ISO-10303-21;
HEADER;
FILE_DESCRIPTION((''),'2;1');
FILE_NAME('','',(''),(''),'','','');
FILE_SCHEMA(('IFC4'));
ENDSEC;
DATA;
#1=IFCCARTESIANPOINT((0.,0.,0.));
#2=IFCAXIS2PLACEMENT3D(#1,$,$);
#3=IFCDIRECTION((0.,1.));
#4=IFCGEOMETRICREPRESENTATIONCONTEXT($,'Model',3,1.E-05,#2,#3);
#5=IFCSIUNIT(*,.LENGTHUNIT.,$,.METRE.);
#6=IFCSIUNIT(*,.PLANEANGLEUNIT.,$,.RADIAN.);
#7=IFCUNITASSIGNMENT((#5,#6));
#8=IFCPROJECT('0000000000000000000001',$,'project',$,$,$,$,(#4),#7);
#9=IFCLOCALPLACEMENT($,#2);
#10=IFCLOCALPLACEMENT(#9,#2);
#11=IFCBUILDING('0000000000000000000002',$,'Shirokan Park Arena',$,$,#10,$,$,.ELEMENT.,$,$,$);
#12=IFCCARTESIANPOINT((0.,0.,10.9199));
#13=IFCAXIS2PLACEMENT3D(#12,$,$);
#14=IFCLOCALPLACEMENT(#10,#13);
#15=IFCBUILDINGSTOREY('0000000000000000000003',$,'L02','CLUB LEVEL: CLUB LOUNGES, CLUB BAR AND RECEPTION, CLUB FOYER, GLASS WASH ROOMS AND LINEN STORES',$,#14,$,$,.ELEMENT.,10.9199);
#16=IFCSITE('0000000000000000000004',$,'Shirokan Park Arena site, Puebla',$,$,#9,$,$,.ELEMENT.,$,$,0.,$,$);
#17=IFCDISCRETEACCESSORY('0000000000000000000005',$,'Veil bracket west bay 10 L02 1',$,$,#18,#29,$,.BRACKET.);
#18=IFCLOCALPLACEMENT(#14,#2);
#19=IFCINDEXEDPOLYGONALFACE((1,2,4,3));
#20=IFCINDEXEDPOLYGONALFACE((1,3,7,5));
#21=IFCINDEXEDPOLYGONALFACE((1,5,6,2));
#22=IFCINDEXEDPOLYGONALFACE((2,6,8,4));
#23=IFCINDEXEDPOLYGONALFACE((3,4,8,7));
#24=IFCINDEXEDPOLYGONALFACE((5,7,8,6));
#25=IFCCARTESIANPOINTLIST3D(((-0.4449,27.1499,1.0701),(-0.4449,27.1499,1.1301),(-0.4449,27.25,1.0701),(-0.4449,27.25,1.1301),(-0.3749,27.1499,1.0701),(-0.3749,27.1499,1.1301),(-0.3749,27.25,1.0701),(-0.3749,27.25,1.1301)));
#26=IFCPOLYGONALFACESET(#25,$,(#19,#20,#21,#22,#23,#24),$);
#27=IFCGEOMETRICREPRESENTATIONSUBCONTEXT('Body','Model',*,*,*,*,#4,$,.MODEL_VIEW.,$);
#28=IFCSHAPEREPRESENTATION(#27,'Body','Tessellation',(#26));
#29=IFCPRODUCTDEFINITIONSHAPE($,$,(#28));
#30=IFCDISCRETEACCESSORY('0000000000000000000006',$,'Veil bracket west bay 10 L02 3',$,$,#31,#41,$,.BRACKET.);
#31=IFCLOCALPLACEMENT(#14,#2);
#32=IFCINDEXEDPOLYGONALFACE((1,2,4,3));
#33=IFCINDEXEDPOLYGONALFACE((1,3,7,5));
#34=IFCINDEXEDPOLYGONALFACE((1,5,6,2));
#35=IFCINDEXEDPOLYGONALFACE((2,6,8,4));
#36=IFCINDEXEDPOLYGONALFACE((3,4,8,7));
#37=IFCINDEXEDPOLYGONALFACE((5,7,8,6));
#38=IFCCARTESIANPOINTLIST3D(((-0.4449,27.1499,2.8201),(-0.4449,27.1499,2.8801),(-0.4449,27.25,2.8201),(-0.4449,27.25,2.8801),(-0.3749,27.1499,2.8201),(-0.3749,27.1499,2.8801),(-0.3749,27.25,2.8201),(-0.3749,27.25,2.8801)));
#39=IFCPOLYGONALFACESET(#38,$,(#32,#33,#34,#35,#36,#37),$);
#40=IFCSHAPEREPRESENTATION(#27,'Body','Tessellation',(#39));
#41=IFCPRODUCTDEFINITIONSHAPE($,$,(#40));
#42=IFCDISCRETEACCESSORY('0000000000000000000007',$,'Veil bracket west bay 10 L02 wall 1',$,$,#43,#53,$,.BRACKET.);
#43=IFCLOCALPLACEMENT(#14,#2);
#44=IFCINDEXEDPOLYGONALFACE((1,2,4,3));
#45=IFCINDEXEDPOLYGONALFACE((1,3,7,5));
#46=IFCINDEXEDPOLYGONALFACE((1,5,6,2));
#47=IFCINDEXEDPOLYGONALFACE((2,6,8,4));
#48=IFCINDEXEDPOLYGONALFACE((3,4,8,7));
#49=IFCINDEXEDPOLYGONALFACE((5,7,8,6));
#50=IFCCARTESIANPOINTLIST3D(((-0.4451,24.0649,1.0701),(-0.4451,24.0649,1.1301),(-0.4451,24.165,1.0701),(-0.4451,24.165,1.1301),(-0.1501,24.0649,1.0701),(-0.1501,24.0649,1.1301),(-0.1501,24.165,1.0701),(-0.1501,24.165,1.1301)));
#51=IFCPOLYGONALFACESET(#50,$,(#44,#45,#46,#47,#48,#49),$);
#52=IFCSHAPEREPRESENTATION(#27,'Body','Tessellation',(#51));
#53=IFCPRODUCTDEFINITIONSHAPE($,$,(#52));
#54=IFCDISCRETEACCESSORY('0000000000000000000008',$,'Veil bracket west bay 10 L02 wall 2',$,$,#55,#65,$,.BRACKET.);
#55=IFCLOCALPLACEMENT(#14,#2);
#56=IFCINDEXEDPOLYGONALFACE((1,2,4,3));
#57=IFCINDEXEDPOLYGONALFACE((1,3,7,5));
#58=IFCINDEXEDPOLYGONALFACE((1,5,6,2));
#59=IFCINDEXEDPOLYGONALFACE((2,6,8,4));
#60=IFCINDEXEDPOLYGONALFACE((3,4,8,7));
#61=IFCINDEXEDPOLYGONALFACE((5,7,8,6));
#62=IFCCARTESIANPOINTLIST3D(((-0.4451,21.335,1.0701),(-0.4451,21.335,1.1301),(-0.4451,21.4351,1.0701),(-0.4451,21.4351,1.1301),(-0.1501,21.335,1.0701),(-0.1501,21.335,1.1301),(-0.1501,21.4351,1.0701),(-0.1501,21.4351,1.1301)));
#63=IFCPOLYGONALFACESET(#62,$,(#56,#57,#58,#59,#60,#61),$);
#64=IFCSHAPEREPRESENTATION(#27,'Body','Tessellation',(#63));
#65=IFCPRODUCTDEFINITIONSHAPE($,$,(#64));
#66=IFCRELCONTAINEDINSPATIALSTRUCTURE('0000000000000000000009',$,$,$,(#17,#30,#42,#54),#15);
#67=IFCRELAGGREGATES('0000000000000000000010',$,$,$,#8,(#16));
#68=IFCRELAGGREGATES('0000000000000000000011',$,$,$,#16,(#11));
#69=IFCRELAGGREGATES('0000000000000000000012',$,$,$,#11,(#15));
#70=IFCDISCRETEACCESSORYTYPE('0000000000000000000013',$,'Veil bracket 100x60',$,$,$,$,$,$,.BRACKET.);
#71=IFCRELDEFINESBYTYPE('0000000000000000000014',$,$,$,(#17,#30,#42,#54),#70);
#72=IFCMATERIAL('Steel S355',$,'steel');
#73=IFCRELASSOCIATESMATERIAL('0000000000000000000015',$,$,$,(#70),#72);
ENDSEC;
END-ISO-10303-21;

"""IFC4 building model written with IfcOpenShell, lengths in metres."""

from ifc_helpers import new_model, si_unit, direction, frame, origin, origin_2d, place, context, subcontext, project, spatial, rectangle, extrude, material, type_object, element, save


model = new_model("IFC4")

# Units and contexts
model_context = context("Model", 3, precision=1e-05, world=origin(), true_north=direction((0.0, 1.0)))
body_context = subcontext(model_context, "Body", "Model", "MODEL_VIEW")
ifc_project = project(units=[si_unit("LENGTHUNIT", "METRE"), si_unit("PLANEANGLEUNIT", "RADIAN")], contexts=[model_context])

# Site, building, storey
site_placement = place(None, origin())
site = spatial("IfcSite", under=ifc_project, at=site_placement, Name="Shirokan Park Arena site, Puebla", CompositionType="ELEMENT", RefElevation=0.0)
building_placement = place(site_placement, origin())
building = spatial("IfcBuilding", under=site, at=building_placement, Name="Shirokan Park Arena", CompositionType="ELEMENT")
storey_placement = place(building_placement, frame((0.0, 0.0, 10.9199)))
storey = spatial("IfcBuildingStorey", under=building, at=storey_placement, Name="L02", Description="CLUB LEVEL: CLUB LOUNGES, CLUB BAR AND RECEPTION, CLUB FOYER, GLASS WASH ROOMS AND LINEN STORES", CompositionType="ELEMENT", Elevation=10.9199)

# Discrete accessories
ifc_material_1 = material(Name="Steel S355", Category="steel")
discrete_accessory_type = type_object("IfcDiscreteAccessoryType", Name="Veil bracket 100x60", PredefinedType="BRACKET", material=ifc_material_1)
for number, where, z_axis, x_axis, name in (
    (1, (-0.4099, 27.2, 1.0701), (0.0, 0.0, 1.0), (0.0, -1.0, 0.0), "Veil bracket west bay 10 L02 1"),
    (2, (-0.4099, 27.2, 2.8201), (0.0, 0.0, 1.0), (0.0, -1.0, 0.0), "Veil bracket west bay 10 L02 3"),
):
    element("IfcDiscreteAccessory", number, at=place(storey_placement, frame(where, z_axis=z_axis, x_axis=x_axis)), inside=storey, type_object=discrete_accessory_type, Name=name, PredefinedType="BRACKET", context=body_context, shape_type="SweptSolid", body=[
        extrude(rectangle(XDim=0.1001, YDim=0.0701, at=origin_2d()), origin(), (0.0, 0.0, 1.0), 0.0601),
    ])
for number, where, z_axis, x_axis, name in (
    (3, (-0.2976, 24.115, 1.0701), (0.0, 0.0, 1.0), (0.0, -1.0, 0.0), "Veil bracket west bay 10 L02 wall 1"),
    (4, (-0.2976, 21.385, 1.0701), (0.0, 0.0, 1.0), (0.0, -1.0, 0.0), "Veil bracket west bay 10 L02 wall 2"),
):
    element("IfcDiscreteAccessory", number, at=place(storey_placement, frame(where, z_axis=z_axis, x_axis=x_axis)), inside=storey, type_object=discrete_accessory_type, Name=name, PredefinedType="BRACKET", context=body_context, shape_type="SweptSolid", body=[
        extrude(rectangle(XDim=0.1001, YDim=0.2949, at=origin_2d()), origin(), (0.0, 0.0, 1.0), 0.0601),
    ])

save(model, "model.ifc")
